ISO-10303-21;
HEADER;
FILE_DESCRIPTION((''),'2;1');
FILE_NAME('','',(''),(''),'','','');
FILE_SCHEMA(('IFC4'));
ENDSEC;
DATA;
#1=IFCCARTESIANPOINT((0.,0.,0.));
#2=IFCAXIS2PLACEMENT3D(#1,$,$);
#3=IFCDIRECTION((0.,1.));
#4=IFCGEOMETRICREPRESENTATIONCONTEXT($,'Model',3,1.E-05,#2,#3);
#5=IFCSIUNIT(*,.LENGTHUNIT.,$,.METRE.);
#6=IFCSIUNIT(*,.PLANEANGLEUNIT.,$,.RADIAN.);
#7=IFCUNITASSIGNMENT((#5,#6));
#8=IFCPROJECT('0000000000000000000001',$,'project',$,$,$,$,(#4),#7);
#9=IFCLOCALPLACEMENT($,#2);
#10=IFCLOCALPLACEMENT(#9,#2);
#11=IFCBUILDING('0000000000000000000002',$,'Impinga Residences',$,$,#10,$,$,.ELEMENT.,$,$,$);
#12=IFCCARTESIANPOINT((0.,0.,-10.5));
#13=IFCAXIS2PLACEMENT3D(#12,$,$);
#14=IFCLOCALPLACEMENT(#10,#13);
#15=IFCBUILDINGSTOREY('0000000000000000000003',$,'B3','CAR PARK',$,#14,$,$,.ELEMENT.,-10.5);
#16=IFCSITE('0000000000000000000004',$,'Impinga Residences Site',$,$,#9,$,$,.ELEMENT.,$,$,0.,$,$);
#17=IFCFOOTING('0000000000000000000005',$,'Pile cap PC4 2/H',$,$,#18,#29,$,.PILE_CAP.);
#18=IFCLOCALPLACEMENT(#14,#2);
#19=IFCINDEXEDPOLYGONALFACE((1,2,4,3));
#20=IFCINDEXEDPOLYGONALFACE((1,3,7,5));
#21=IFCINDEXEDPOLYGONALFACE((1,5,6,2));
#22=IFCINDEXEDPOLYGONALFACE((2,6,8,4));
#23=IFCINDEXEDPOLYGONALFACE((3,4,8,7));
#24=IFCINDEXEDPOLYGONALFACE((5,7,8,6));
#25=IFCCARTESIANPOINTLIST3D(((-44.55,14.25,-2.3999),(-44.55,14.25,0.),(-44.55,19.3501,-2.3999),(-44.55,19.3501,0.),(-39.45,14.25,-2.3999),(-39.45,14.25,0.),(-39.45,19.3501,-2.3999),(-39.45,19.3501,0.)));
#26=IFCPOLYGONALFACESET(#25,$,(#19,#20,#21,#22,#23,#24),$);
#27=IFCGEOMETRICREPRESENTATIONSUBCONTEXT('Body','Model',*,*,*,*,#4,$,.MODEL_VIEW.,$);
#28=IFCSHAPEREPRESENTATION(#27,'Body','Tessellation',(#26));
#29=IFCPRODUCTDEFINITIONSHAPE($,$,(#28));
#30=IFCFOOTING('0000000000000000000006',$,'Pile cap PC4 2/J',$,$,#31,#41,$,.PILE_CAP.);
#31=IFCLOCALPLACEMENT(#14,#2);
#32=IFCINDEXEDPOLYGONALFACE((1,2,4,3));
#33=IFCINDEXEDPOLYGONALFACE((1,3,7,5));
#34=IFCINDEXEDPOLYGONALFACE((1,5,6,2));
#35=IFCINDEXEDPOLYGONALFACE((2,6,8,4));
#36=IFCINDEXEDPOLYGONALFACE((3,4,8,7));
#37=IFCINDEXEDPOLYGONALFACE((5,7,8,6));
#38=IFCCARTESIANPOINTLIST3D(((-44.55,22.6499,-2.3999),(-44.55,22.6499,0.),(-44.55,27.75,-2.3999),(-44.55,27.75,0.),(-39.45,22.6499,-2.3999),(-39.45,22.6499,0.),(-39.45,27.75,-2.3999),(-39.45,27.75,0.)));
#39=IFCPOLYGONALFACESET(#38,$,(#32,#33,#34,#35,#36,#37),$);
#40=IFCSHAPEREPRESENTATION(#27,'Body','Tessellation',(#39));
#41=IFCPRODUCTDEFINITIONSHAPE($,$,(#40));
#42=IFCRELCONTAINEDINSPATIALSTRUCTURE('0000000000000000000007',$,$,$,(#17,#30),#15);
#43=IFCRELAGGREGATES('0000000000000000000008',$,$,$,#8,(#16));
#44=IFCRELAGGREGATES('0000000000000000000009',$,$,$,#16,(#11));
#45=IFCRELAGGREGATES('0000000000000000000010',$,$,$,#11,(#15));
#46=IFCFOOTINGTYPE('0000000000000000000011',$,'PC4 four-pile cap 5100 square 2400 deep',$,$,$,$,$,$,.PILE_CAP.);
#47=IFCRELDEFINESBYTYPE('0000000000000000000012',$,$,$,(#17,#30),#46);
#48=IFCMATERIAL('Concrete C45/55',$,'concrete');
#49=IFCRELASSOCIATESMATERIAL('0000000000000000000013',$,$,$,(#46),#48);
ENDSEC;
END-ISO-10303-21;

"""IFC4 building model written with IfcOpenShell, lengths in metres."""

from ifc_helpers import new_model, si_unit, direction, frame, origin, place, context, subcontext, project, spatial, polyline, outline, extrude, material, type_object, element, save


model = new_model("IFC4")

# Units and contexts
model_context = context("Model", 3, precision=1e-05, world=origin(), true_north=direction((0.0, 1.0)))
body_context = subcontext(model_context, "Body", "Model", "MODEL_VIEW")
ifc_project = project(units=[si_unit("LENGTHUNIT", "METRE"), si_unit("PLANEANGLEUNIT", "RADIAN")], contexts=[model_context])

# Site, building, storey
site_placement = place(None, origin())
site = spatial("IfcSite", under=ifc_project, at=site_placement, Name="Impinga Residences Site", CompositionType="ELEMENT", RefElevation=0.0)
building_placement = place(site_placement, origin())
building = spatial("IfcBuilding", under=site, at=building_placement, Name="Impinga Residences", CompositionType="ELEMENT")
storey_placement = place(building_placement, frame((0.0, 0.0, -10.5)))
storey = spatial("IfcBuildingStorey", under=building, at=storey_placement, Name="B3", Description="CAR PARK", CompositionType="ELEMENT", Elevation=-10.5)

# Footings
ifc_material = material(Name="Concrete C45/55", Category="concrete")
footing_type = type_object("IfcFootingType", Name="PC4 four-pile cap 5100 square 2400 deep", PredefinedType="PILE_CAP", material=ifc_material)
footing_1_placement = place(storey_placement, frame((0.0, 0.0, -2.3999)))
element("IfcFooting", 1, at=footing_1_placement, inside=storey, type_object=footing_type, Name="Pile cap PC4 2/H", PredefinedType="PILE_CAP", context=body_context, shape_type="SweptSolid", body=[
    extrude(outline(polyline([(-39.45, 14.25), (-39.45, 19.3501), (-44.55, 19.3501), (-44.55, 14.25), (-39.45, 14.25)])), origin(), (0.0, 0.0, 1.0), 2.3999),
])
footing_2_placement = place(storey_placement, frame((0.0, 0.0, -2.3999)))
element("IfcFooting", 2, at=footing_2_placement, inside=storey, type_object=footing_type, Name="Pile cap PC4 2/J", PredefinedType="PILE_CAP", context=body_context, shape_type="SweptSolid", body=[
    extrude(outline(polyline([(-39.45, 22.6499), (-39.45, 27.75), (-44.55, 27.75), (-44.55, 22.6499), (-39.45, 22.6499)])), origin(), (0.0, 0.0, 1.0), 2.3999),
])

save(model, "model.ifc")
